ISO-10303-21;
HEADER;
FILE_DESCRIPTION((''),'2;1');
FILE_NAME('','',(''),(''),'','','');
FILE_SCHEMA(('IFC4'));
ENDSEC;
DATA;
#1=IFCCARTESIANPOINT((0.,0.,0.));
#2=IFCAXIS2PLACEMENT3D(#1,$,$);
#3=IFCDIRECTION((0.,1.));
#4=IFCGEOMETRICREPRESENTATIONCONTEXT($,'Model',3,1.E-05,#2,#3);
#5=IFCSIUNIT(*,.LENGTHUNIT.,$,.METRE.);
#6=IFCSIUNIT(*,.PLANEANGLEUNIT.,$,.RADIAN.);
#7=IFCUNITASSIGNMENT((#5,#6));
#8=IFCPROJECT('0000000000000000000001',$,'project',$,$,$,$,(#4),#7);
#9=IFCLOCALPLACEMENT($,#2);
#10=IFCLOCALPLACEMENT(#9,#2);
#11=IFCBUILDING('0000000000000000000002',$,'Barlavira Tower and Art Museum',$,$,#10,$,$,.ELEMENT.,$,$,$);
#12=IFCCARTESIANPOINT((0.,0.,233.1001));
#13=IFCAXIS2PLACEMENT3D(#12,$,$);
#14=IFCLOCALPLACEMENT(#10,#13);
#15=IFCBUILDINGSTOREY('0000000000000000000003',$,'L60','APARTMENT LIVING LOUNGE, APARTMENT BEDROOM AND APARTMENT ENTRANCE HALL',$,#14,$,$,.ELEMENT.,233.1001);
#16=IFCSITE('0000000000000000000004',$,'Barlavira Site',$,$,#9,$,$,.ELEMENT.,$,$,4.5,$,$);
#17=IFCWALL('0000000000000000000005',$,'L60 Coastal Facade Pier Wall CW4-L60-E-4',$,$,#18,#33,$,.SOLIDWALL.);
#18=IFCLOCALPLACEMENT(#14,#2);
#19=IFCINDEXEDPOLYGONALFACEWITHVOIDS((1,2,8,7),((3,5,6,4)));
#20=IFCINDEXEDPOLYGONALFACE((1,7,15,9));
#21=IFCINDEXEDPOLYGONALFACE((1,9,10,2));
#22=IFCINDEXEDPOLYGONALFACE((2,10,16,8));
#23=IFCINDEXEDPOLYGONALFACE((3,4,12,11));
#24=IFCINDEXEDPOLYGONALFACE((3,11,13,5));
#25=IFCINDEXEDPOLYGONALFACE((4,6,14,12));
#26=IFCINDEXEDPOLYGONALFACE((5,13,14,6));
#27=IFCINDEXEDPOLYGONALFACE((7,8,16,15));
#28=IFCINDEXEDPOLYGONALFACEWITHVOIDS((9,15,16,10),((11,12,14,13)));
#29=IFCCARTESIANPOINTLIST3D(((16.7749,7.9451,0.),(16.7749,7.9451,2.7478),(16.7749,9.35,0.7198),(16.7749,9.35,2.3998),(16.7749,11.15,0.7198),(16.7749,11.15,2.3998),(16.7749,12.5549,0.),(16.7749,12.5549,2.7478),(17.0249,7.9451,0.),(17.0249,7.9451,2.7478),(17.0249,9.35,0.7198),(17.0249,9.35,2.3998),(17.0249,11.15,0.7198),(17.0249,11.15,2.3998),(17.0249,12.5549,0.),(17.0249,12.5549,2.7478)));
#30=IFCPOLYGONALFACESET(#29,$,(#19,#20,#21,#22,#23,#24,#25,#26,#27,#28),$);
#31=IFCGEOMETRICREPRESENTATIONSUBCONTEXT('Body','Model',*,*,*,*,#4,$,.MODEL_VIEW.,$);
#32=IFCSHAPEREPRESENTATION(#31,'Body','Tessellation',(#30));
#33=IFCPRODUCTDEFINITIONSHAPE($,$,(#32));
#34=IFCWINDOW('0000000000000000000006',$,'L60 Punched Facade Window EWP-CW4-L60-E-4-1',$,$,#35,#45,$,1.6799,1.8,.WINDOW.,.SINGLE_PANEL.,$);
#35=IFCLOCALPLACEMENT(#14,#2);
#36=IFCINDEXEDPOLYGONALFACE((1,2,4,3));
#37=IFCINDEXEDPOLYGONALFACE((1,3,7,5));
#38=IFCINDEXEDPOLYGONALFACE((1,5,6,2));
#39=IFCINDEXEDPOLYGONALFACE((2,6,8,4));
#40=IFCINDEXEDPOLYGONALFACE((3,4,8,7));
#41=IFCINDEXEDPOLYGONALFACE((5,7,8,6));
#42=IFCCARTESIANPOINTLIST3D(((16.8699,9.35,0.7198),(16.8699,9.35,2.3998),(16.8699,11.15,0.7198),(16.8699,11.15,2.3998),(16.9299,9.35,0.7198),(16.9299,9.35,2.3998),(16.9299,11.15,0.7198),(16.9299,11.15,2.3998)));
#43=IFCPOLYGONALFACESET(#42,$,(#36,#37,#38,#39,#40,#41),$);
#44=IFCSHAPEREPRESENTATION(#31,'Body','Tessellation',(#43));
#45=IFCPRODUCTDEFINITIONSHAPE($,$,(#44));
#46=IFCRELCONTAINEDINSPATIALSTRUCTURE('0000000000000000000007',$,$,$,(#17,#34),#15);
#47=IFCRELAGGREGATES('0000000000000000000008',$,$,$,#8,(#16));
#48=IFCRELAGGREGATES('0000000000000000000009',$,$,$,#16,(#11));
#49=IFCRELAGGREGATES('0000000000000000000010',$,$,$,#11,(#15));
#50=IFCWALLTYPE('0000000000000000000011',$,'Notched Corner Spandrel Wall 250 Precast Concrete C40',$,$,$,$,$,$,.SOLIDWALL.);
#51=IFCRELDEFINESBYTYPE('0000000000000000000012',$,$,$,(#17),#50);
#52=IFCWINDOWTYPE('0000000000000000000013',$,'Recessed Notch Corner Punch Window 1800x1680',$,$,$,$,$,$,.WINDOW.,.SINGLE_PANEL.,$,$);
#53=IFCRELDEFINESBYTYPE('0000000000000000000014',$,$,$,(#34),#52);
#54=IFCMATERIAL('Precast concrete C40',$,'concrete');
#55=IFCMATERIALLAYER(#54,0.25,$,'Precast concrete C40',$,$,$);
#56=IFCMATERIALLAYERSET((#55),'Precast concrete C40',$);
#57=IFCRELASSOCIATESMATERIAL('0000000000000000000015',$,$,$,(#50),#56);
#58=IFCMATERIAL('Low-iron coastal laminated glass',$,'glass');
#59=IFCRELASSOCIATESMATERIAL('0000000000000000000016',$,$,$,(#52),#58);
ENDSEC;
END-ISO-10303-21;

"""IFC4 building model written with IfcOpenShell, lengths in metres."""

from ifc_helpers import new_model, si_unit, direction, frame, frame_2d, origin, place, context, subcontext, project, spatial, rectangle, extrude, material, layer, layer_set, type_object, element, fill, save


model = new_model("IFC4")

# Units and contexts
model_context = context("Model", 3, precision=1e-05, world=origin(), true_north=direction((0.0, 1.0)))
body_context = subcontext(model_context, "Body", "Model", "MODEL_VIEW")
ifc_project = project(units=[si_unit("LENGTHUNIT", "METRE"), si_unit("PLANEANGLEUNIT", "RADIAN")], contexts=[model_context])

# Site, building, storey
site_placement = place(None, origin())
site = spatial("IfcSite", under=ifc_project, at=site_placement, Name="Barlavira Site", CompositionType="ELEMENT", RefElevation=4.5)
building_placement = place(site_placement, origin())
building = spatial("IfcBuilding", under=site, at=building_placement, Name="Barlavira Tower and Art Museum", CompositionType="ELEMENT")
storey_placement = place(building_placement, frame((0.0, 0.0, 233.1001)))
storey = spatial("IfcBuildingStorey", under=building, at=storey_placement, Name="L60", Description="APARTMENT LIVING LOUNGE, APARTMENT BEDROOM AND APARTMENT ENTRANCE HALL", CompositionType="ELEMENT", Elevation=233.1001)

# Shared definitions
ifc_material_1 = material(Name="Low-iron coastal laminated glass", Category="glass")

# Wall, opening, window
ifc_material_2 = material(Name="Precast concrete C40", Category="concrete")
ifc_layer_1 = layer(ifc_material_2, 0.25, Name="Precast concrete C40")
ifc_layer_set_1 = layer_set([ifc_layer_1], Name="Precast concrete C40")
wall_type_1 = type_object("IfcWallType", Name="Notched Corner Spandrel Wall 250 Precast Concrete C40", PredefinedType="SOLIDWALL", material=ifc_layer_set_1)
wall_1_placement = place(storey_placement, frame((16.8999, 7.9451, 0.0), z_axis=(0.0, 0.0, 1.0), x_axis=(0.0, 1.0, 0.0)))
wall_1 = element("IfcWall", 1, at=wall_1_placement, inside=storey, type_object=wall_type_1, Name="L60 Coastal Facade Pier Wall CW4-L60-E-4", PredefinedType="SOLIDWALL", context=body_context, shape_type="SweptSolid", body=[
    extrude(rectangle(XDim=4.6099, YDim=0.25, at=frame_2d((2.3049, 0.0))), origin(), (0.0, 0.0, 1.0), 2.7478),
])
opening_1_placement = place(wall_1_placement, frame((1.405, 0.0, 0.72)))
opening_1 = element("IfcOpeningElement", 2, at=opening_1_placement, cuts=wall_1, PredefinedType="OPENING", context=body_context, shape_type="SweptSolid", body=[
    extrude(rectangle(XDim=1.8, YDim=1.6799, at=frame_2d((0.8999, 0.8398))), frame((0.0, 0.135, 0.0), z_axis=(0.0, -1.0, 0.0), x_axis=(1.0, 0.0, 0.0)), (0.0, 0.0, 1.0), 0.27),
])
window_type = type_object("IfcWindowType", Name="Recessed Notch Corner Punch Window 1800x1680", PartitioningType="SINGLE_PANEL", PredefinedType="WINDOW", material=ifc_material_1)
window_placement = place(opening_1_placement, origin())
window = element("IfcWindow", 3, at=window_placement, inside=storey, type_object=window_type, Name="L60 Punched Facade Window EWP-CW4-L60-E-4-1", OverallHeight=1.6799, OverallWidth=1.8, PartitioningType="SINGLE_PANEL", PredefinedType="WINDOW", context=body_context, shape_type="SweptSolid", body=[
    extrude(rectangle(XDim=1.8, YDim=1.6799, at=frame_2d((0.8999, 0.8398))), frame((0.0, 0.03, 0.0), z_axis=(0.0, -1.0, 0.0), x_axis=(1.0, 0.0, 0.0)), (0.0, 0.0, 1.0), 0.0601),
])
fill(opening_1, window)

save(model, "model.ifc")
